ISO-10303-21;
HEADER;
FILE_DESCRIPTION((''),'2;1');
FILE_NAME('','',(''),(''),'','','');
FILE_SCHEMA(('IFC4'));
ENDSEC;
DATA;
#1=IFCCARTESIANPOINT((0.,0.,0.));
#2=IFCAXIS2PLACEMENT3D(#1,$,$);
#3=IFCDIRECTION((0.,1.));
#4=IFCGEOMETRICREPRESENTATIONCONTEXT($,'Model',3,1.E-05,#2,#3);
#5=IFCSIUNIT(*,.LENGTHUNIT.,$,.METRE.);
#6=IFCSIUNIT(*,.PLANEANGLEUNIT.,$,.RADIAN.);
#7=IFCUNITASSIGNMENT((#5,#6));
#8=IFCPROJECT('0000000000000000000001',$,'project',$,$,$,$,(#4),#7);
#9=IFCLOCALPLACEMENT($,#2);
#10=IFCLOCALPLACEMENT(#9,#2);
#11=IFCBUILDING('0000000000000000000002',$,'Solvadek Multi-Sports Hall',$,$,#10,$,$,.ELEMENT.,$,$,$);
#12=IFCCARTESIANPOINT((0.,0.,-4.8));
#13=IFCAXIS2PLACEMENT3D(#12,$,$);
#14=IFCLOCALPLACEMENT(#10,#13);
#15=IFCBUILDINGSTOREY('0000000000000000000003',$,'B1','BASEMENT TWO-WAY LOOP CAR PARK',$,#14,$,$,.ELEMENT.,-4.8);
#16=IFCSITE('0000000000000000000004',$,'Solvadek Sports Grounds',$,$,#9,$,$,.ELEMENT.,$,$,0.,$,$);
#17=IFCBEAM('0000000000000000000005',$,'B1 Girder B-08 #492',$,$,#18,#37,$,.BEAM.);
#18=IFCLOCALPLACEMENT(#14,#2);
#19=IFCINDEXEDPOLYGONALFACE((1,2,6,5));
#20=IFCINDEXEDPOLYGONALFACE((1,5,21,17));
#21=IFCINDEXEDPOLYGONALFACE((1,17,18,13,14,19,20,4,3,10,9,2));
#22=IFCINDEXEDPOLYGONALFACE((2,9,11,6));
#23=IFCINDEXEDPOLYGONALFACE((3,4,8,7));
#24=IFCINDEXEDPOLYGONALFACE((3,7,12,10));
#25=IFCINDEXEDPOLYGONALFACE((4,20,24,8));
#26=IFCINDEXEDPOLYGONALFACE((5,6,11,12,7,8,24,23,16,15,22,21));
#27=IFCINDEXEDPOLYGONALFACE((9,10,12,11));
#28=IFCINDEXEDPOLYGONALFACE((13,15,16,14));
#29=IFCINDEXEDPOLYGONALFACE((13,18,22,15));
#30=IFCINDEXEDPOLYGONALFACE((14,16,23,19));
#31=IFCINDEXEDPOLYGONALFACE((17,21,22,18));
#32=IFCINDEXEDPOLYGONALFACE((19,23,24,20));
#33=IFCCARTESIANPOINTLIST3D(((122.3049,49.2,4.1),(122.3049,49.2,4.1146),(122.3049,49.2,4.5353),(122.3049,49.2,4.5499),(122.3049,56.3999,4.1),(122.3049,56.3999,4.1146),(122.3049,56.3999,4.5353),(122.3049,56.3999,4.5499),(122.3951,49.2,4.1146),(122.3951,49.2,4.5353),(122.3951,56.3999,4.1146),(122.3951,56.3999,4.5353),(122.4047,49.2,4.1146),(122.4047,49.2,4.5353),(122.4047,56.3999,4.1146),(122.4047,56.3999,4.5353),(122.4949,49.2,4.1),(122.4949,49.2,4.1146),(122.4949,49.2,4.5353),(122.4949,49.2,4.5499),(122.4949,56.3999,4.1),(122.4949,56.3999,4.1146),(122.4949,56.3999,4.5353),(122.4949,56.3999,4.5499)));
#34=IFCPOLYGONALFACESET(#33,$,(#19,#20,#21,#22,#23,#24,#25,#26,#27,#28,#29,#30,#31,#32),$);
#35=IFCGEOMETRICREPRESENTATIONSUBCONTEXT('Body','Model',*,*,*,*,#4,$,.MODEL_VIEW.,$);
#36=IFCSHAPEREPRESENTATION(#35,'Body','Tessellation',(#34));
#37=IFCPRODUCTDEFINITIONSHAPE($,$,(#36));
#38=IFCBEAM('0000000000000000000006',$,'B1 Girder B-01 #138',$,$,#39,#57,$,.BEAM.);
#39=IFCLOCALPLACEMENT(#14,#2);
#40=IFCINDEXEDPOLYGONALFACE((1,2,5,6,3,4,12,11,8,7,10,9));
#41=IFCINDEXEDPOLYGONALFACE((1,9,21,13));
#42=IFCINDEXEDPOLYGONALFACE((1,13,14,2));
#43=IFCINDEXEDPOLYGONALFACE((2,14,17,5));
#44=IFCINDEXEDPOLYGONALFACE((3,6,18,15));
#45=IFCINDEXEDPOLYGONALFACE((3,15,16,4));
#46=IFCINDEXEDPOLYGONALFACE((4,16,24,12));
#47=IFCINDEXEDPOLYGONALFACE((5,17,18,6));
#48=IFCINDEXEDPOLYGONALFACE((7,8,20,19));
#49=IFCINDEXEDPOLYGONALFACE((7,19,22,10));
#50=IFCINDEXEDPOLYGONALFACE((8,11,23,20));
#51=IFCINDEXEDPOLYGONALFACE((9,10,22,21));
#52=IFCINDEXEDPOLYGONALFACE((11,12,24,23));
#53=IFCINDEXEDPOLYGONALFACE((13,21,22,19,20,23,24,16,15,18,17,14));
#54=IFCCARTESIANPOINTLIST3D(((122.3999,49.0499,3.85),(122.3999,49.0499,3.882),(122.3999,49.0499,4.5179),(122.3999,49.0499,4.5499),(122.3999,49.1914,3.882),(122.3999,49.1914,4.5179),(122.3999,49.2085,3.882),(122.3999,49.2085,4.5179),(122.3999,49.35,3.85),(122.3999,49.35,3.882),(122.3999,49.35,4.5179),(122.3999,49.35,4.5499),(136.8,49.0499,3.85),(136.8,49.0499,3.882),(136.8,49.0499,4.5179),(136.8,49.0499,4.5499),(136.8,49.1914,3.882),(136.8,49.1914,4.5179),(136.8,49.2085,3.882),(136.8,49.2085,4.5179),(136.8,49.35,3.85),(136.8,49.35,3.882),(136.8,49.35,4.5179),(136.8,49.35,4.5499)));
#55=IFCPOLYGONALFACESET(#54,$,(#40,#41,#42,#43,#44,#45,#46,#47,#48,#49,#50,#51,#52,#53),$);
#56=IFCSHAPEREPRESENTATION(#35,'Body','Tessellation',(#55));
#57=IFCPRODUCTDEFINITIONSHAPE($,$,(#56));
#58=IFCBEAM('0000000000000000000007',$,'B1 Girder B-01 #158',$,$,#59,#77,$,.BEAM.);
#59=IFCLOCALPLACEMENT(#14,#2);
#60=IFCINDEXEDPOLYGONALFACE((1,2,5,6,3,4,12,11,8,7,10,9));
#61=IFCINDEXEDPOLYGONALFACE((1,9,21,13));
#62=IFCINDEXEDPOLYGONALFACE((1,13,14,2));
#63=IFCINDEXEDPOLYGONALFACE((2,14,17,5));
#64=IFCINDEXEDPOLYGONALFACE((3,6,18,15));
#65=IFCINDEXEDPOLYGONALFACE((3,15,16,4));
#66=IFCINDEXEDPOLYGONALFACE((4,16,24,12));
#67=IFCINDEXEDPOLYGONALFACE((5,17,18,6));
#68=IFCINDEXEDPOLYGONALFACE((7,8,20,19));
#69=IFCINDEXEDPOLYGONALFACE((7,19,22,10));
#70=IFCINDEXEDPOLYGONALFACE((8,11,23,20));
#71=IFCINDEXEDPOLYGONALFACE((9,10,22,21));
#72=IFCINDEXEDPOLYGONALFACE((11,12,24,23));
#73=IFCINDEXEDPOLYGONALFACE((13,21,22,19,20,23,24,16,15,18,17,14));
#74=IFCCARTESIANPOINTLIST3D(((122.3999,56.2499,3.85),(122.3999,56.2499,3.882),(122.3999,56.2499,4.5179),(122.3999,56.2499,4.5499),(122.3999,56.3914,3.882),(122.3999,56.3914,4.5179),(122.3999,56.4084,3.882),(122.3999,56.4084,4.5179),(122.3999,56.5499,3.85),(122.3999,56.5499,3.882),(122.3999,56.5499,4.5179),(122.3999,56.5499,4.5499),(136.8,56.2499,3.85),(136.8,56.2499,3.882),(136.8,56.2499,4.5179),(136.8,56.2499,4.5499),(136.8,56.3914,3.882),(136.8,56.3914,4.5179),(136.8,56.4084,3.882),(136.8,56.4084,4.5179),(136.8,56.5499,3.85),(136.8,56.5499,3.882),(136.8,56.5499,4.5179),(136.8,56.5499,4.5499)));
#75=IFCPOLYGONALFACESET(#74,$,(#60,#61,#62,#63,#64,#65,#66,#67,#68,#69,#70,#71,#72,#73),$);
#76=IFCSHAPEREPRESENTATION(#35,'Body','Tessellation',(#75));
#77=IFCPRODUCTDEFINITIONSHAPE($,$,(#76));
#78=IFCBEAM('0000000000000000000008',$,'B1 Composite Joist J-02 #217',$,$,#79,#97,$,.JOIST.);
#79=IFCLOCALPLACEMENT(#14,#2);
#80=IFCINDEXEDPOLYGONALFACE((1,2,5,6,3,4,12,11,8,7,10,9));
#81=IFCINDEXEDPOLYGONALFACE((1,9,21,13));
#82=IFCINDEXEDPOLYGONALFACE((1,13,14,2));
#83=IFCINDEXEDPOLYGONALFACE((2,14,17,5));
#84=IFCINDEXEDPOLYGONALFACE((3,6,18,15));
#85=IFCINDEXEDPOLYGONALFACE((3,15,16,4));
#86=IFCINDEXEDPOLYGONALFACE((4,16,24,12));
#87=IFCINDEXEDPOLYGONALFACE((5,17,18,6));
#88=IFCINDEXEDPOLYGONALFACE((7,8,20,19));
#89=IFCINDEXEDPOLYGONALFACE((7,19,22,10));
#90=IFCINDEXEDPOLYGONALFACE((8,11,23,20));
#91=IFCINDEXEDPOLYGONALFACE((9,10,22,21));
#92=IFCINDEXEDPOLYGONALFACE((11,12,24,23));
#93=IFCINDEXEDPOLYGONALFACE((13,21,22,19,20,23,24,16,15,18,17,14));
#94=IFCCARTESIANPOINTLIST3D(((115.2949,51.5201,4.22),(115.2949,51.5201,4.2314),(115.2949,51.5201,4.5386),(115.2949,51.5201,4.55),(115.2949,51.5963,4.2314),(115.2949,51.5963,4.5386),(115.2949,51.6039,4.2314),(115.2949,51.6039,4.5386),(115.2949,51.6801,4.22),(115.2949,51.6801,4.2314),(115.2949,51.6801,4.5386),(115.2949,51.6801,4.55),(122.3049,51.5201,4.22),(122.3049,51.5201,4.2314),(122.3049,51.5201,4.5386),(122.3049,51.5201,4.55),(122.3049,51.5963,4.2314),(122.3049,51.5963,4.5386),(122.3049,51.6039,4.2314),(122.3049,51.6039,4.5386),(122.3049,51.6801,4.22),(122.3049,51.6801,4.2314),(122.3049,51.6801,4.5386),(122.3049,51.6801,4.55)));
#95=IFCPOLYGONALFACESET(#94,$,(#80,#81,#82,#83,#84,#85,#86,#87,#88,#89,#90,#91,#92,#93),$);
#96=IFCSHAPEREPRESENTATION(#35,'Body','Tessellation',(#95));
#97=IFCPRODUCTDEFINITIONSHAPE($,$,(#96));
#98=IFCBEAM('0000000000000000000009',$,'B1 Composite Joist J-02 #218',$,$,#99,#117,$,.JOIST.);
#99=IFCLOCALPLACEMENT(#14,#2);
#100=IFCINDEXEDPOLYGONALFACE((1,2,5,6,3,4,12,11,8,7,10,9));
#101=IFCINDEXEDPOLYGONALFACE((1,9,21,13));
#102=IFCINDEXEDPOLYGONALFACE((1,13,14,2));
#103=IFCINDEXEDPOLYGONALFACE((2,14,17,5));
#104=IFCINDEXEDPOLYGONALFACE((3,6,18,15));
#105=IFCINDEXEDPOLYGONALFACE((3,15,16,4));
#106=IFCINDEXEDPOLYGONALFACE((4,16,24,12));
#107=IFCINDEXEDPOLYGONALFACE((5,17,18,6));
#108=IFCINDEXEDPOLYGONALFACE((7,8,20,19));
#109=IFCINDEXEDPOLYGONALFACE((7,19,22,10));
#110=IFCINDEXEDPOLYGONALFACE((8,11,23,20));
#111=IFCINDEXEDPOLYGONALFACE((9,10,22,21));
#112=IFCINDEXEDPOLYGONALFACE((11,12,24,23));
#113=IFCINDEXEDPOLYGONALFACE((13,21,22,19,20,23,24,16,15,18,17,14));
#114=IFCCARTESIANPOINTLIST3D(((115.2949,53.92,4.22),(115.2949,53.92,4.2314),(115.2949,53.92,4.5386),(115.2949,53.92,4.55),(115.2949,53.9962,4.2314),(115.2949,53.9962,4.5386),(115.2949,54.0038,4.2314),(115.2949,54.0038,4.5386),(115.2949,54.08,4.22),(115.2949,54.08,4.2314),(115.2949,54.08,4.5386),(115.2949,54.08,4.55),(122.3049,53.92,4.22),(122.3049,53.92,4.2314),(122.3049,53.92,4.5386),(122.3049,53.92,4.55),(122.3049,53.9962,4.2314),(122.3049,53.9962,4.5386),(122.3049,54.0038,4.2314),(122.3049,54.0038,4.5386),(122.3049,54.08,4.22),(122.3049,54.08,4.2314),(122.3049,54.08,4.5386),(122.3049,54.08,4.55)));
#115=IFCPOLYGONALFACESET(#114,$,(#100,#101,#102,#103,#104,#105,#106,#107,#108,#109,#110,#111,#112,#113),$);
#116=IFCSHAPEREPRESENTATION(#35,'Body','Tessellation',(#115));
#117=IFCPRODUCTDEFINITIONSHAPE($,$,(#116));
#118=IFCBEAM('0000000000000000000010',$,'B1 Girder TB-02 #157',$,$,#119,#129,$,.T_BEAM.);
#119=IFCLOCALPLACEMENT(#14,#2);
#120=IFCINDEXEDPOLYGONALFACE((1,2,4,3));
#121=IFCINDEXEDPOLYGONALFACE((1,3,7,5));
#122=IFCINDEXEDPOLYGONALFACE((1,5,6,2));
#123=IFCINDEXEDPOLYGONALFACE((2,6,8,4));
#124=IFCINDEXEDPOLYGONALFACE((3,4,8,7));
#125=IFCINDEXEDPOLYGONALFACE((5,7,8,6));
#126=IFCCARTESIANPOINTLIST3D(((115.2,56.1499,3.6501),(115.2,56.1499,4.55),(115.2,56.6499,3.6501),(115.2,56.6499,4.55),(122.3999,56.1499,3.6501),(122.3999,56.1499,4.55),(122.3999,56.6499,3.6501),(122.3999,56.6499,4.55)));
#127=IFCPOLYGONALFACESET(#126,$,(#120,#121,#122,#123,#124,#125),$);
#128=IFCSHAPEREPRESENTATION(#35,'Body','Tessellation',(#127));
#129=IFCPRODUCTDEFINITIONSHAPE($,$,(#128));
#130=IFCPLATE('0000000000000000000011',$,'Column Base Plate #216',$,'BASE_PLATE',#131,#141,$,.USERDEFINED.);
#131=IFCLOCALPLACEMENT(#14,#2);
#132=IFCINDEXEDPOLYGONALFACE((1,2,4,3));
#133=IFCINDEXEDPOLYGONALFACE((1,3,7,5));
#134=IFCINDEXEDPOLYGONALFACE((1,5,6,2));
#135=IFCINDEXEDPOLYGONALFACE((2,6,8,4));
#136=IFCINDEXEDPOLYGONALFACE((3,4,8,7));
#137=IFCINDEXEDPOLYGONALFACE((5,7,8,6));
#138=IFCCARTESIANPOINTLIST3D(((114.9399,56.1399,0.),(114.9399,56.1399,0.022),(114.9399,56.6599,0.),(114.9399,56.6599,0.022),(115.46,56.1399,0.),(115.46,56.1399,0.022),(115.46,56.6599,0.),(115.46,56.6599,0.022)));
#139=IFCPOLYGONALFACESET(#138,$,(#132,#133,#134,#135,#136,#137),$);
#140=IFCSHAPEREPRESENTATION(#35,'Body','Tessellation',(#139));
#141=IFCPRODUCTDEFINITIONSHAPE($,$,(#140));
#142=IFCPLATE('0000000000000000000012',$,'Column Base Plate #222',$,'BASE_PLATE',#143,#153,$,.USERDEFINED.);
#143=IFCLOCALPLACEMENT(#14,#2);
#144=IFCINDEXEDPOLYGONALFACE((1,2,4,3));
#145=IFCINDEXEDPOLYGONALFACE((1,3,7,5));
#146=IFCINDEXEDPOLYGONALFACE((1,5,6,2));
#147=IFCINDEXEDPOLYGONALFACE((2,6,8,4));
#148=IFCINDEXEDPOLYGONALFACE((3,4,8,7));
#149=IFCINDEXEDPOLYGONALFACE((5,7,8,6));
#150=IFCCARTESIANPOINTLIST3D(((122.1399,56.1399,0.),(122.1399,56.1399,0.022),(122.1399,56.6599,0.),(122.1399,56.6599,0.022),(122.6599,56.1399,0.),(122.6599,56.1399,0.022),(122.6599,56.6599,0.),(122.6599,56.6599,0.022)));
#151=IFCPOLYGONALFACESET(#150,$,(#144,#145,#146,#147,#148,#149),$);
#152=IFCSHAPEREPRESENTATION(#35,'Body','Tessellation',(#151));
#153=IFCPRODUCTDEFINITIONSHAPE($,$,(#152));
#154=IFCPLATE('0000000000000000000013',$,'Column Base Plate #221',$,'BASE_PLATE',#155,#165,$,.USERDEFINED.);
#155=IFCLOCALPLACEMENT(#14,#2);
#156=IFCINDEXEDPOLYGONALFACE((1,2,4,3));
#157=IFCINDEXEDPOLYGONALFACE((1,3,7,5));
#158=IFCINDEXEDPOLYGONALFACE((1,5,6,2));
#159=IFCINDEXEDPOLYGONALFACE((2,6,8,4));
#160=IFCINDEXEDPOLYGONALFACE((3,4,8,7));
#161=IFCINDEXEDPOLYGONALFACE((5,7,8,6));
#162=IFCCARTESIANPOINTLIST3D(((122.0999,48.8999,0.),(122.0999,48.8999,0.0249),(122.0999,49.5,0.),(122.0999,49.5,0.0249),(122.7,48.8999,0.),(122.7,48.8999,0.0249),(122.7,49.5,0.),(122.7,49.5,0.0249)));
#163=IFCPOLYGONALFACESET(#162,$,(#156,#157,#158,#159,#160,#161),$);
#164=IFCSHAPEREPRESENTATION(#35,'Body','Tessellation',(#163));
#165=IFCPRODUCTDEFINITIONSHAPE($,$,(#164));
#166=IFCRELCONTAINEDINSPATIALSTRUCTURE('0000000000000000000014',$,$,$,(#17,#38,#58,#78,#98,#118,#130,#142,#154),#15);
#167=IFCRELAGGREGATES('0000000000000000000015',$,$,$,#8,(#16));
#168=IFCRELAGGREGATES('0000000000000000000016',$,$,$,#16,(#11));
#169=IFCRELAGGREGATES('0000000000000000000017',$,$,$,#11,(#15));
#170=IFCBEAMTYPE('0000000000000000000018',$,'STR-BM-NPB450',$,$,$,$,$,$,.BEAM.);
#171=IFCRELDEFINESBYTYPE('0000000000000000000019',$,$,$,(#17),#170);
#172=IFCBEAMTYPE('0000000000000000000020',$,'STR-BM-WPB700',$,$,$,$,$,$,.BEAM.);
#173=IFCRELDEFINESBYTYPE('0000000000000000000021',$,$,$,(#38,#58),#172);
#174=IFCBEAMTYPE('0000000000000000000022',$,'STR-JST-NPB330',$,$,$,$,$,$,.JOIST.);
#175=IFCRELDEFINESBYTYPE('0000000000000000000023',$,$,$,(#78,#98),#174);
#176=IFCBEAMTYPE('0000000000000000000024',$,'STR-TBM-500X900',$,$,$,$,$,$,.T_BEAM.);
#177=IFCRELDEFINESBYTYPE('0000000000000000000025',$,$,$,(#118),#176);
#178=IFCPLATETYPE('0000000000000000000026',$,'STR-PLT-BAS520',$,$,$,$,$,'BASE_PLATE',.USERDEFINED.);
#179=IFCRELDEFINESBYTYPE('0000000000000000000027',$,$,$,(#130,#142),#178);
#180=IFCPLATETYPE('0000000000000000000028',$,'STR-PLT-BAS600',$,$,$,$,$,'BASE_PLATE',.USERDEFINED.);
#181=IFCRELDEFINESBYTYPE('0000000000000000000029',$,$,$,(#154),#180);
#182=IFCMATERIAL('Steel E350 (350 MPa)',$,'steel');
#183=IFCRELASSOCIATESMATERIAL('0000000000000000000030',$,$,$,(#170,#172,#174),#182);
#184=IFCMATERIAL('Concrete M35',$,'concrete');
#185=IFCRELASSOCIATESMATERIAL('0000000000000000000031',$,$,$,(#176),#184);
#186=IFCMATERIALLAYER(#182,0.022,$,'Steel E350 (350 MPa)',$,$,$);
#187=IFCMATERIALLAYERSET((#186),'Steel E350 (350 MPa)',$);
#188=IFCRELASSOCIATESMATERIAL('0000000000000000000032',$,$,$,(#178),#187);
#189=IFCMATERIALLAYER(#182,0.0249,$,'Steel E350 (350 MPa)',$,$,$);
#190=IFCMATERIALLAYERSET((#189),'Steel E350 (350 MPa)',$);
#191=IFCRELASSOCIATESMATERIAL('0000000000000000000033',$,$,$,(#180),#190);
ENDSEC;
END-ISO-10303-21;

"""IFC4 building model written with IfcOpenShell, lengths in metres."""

from ifc_helpers import new_model, si_unit, direction, frame, origin, origin_2d, place, context, subcontext, project, spatial, rectangle, i_section, extrude, material, layer, layer_set, material_profile, profile_set, type_object, element, save


model = new_model("IFC4")

# Units and contexts
model_context = context("Model", 3, precision=1e-05, world=origin(), true_north=direction((0.0, 1.0)))
body_context = subcontext(model_context, "Body", "Model", "MODEL_VIEW")
ifc_project = project(units=[si_unit("LENGTHUNIT", "METRE"), si_unit("PLANEANGLEUNIT", "RADIAN")], contexts=[model_context])

# Site, building, storey
site_placement = place(None, origin())
site = spatial("IfcSite", under=ifc_project, at=site_placement, Name="Solvadek Sports Grounds", CompositionType="ELEMENT", RefElevation=0.0)
building_placement = place(site_placement, origin())
building = spatial("IfcBuilding", under=site, at=building_placement, Name="Solvadek Multi-Sports Hall", CompositionType="ELEMENT")
storey_placement = place(building_placement, frame((0.0, 0.0, -4.8)))
storey = spatial("IfcBuildingStorey", under=building, at=storey_placement, Name="B1", Description="BASEMENT TWO-WAY LOOP CAR PARK", CompositionType="ELEMENT", Elevation=-4.8)

# Shared definitions
ifc_material_1 = material(Name="Concrete M35", Category="concrete")

# Shared definitions
ifc_material_2 = material(Name="Steel E350 (350 MPa)", Category="steel")

# Beams
ifc_material_profile_1 = material_profile(ifc_material_2, i_section(OverallWidth=0.1899, OverallDepth=0.45, WebThickness=0.0095, FlangeThickness=0.0146, at=origin_2d()), Name="NPB 450")
ifc_profile_set_1 = profile_set([ifc_material_profile_1], Name="Steel E350 (350 MPa)")
beam_type_1 = type_object("IfcBeamType", Name="STR-BM-NPB450", PredefinedType="BEAM", material=ifc_profile_set_1)
beam_1_placement = place(storey_placement, frame((122.3999, 49.2, 4.325), z_axis=(0.0, 1.0, 0.0), x_axis=(-1.0, 0.0, 0.0)))
element("IfcBeam", 1, at=beam_1_placement, inside=storey, type_object=beam_type_1, Name="B1 Girder B-08 #492", PredefinedType="BEAM", context=body_context, shape_type="SweptSolid", body=[
    extrude(i_section(OverallWidth=0.1899, OverallDepth=0.45, WebThickness=0.0095, FlangeThickness=0.0146, at=origin_2d()), origin(), (0.0, 0.0, 1.0), 7.2),
])
ifc_material_profile_2 = material_profile(ifc_material_2, i_section(OverallWidth=0.3, OverallDepth=0.7, WebThickness=0.0171, FlangeThickness=0.032, at=origin_2d()), Name="WPB 700")
ifc_profile_set_2 = profile_set([ifc_material_profile_2], Name="Steel E350 (350 MPa)")
beam_type_2 = type_object("IfcBeamType", Name="STR-BM-WPB700", PredefinedType="BEAM", material=ifc_profile_set_2)
for number, where, z_axis, x_axis, name in (
    (2, (122.3999, 49.2, 4.2), (1.0, 0.0, 0.0), (0.0, 1.0, 0.0), "B1 Girder B-01 #138"),
    (3, (122.3999, 56.3999, 4.2), (1.0, 0.0, 0.0), (0.0, 1.0, 0.0), "B1 Girder B-01 #158"),
):
    element("IfcBeam", number, at=place(storey_placement, frame(where, z_axis=z_axis, x_axis=x_axis)), inside=storey, type_object=beam_type_2, Name=name, PredefinedType="BEAM", context=body_context, shape_type="SweptSolid", body=[
        extrude(i_section(OverallWidth=0.3, OverallDepth=0.7, WebThickness=0.0171, FlangeThickness=0.032, at=origin_2d()), origin(), (0.0, 0.0, 1.0), 14.4001),
    ])
ifc_material_profile_3 = material_profile(ifc_material_2, i_section(OverallWidth=0.1599, OverallDepth=0.3301, WebThickness=0.0076, FlangeThickness=0.0115, at=origin_2d()), Name="NPB 330")
ifc_profile_set_3 = profile_set([ifc_material_profile_3], Name="Steel E350 (350 MPa)")
beam_type_3 = type_object("IfcBeamType", Name="STR-JST-NPB330", PredefinedType="JOIST", material=ifc_profile_set_3)
for number, where, z_axis, x_axis, name in (
    (4, (115.2949, 51.6001, 4.385), (1.0, 0.0, 0.0), (0.0, 1.0, 0.0), "B1 Composite Joist J-02 #217"),
    (5, (115.2949, 54.0, 4.385), (1.0, 0.0, 0.0), (0.0, 1.0, 0.0), "B1 Composite Joist J-02 #218"),
):
    element("IfcBeam", number, at=place(storey_placement, frame(where, z_axis=z_axis, x_axis=x_axis)), inside=storey, type_object=beam_type_3, Name=name, PredefinedType="JOIST", context=body_context, shape_type="SweptSolid", body=[
        extrude(i_section(OverallWidth=0.1599, OverallDepth=0.3301, WebThickness=0.0076, FlangeThickness=0.0115, at=origin_2d()), origin(), (0.0, 0.0, 1.0), 7.01),
    ])
ifc_material_profile_4 = material_profile(ifc_material_1, rectangle(XDim=0.5, YDim=0.8999, at=origin_2d()), Name="RC T-BEAM 500x900")
ifc_profile_set_4 = profile_set([ifc_material_profile_4], Name="Concrete M35")
beam_type_4 = type_object("IfcBeamType", Name="STR-TBM-500X900", PredefinedType="T_BEAM", material=ifc_profile_set_4)
beam_2_placement = place(storey_placement, frame((115.2, 56.3999, 4.1001), z_axis=(1.0, 0.0, 0.0), x_axis=(0.0, 1.0, 0.0)))
element("IfcBeam", 6, at=beam_2_placement, inside=storey, type_object=beam_type_4, Name="B1 Girder TB-02 #157", PredefinedType="T_BEAM", context=body_context, shape_type="SweptSolid", body=[
    extrude(rectangle(XDim=0.5, YDim=0.8999, at=origin_2d()), origin(), (0.0, 0.0, 1.0), 7.2),
])

# Plates
ifc_layer_1 = layer(ifc_material_2, 0.022, Name="Steel E350 (350 MPa)")
ifc_layer_set_1 = layer_set([ifc_layer_1], Name="Steel E350 (350 MPa)")
plate_type_1 = type_object("IfcPlateType", Name="STR-PLT-BAS520", ElementType="BASE_PLATE", PredefinedType="USERDEFINED", material=ifc_layer_set_1)
for number, where, z_axis, x_axis, name in (
    (7, (115.2, 56.3999, 0.0), (0.0, 0.0, 1.0), (1.0, 0.0, 0.0), "Column Base Plate #216"),
    (8, (122.3999, 56.3999, 0.0), (0.0, 0.0, 1.0), (1.0, 0.0, 0.0), "Column Base Plate #222"),
):
    element("IfcPlate", number, at=place(storey_placement, frame(where, z_axis=z_axis, x_axis=x_axis)), inside=storey, type_object=plate_type_1, Name=name, ObjectType="BASE_PLATE", PredefinedType="USERDEFINED", context=body_context, shape_type="SweptSolid", body=[
        extrude(rectangle(XDim=0.52, YDim=0.52, at=origin_2d()), origin(), (0.0, 0.0, 1.0), 0.022),
    ])
ifc_layer_2 = layer(ifc_material_2, 0.0249, Name="Steel E350 (350 MPa)")
ifc_layer_set_2 = layer_set([ifc_layer_2], Name="Steel E350 (350 MPa)")
plate_type_2 = type_object("IfcPlateType", Name="STR-PLT-BAS600", ElementType="BASE_PLATE", PredefinedType="USERDEFINED", material=ifc_layer_set_2)
plate_placement = place(storey_placement, frame((122.3999, 49.2, 0.0), z_axis=(0.0, 0.0, 1.0), x_axis=(1.0, 0.0, 0.0)))
element("IfcPlate", 9, at=plate_placement, inside=storey, type_object=plate_type_2, Name="Column Base Plate #221", ObjectType="BASE_PLATE", PredefinedType="USERDEFINED", context=body_context, shape_type="SweptSolid", body=[
    extrude(rectangle(XDim=0.6001, YDim=0.6001, at=origin_2d()), origin(), (0.0, 0.0, 1.0), 0.0249),
])

save(model, "model.ifc")
